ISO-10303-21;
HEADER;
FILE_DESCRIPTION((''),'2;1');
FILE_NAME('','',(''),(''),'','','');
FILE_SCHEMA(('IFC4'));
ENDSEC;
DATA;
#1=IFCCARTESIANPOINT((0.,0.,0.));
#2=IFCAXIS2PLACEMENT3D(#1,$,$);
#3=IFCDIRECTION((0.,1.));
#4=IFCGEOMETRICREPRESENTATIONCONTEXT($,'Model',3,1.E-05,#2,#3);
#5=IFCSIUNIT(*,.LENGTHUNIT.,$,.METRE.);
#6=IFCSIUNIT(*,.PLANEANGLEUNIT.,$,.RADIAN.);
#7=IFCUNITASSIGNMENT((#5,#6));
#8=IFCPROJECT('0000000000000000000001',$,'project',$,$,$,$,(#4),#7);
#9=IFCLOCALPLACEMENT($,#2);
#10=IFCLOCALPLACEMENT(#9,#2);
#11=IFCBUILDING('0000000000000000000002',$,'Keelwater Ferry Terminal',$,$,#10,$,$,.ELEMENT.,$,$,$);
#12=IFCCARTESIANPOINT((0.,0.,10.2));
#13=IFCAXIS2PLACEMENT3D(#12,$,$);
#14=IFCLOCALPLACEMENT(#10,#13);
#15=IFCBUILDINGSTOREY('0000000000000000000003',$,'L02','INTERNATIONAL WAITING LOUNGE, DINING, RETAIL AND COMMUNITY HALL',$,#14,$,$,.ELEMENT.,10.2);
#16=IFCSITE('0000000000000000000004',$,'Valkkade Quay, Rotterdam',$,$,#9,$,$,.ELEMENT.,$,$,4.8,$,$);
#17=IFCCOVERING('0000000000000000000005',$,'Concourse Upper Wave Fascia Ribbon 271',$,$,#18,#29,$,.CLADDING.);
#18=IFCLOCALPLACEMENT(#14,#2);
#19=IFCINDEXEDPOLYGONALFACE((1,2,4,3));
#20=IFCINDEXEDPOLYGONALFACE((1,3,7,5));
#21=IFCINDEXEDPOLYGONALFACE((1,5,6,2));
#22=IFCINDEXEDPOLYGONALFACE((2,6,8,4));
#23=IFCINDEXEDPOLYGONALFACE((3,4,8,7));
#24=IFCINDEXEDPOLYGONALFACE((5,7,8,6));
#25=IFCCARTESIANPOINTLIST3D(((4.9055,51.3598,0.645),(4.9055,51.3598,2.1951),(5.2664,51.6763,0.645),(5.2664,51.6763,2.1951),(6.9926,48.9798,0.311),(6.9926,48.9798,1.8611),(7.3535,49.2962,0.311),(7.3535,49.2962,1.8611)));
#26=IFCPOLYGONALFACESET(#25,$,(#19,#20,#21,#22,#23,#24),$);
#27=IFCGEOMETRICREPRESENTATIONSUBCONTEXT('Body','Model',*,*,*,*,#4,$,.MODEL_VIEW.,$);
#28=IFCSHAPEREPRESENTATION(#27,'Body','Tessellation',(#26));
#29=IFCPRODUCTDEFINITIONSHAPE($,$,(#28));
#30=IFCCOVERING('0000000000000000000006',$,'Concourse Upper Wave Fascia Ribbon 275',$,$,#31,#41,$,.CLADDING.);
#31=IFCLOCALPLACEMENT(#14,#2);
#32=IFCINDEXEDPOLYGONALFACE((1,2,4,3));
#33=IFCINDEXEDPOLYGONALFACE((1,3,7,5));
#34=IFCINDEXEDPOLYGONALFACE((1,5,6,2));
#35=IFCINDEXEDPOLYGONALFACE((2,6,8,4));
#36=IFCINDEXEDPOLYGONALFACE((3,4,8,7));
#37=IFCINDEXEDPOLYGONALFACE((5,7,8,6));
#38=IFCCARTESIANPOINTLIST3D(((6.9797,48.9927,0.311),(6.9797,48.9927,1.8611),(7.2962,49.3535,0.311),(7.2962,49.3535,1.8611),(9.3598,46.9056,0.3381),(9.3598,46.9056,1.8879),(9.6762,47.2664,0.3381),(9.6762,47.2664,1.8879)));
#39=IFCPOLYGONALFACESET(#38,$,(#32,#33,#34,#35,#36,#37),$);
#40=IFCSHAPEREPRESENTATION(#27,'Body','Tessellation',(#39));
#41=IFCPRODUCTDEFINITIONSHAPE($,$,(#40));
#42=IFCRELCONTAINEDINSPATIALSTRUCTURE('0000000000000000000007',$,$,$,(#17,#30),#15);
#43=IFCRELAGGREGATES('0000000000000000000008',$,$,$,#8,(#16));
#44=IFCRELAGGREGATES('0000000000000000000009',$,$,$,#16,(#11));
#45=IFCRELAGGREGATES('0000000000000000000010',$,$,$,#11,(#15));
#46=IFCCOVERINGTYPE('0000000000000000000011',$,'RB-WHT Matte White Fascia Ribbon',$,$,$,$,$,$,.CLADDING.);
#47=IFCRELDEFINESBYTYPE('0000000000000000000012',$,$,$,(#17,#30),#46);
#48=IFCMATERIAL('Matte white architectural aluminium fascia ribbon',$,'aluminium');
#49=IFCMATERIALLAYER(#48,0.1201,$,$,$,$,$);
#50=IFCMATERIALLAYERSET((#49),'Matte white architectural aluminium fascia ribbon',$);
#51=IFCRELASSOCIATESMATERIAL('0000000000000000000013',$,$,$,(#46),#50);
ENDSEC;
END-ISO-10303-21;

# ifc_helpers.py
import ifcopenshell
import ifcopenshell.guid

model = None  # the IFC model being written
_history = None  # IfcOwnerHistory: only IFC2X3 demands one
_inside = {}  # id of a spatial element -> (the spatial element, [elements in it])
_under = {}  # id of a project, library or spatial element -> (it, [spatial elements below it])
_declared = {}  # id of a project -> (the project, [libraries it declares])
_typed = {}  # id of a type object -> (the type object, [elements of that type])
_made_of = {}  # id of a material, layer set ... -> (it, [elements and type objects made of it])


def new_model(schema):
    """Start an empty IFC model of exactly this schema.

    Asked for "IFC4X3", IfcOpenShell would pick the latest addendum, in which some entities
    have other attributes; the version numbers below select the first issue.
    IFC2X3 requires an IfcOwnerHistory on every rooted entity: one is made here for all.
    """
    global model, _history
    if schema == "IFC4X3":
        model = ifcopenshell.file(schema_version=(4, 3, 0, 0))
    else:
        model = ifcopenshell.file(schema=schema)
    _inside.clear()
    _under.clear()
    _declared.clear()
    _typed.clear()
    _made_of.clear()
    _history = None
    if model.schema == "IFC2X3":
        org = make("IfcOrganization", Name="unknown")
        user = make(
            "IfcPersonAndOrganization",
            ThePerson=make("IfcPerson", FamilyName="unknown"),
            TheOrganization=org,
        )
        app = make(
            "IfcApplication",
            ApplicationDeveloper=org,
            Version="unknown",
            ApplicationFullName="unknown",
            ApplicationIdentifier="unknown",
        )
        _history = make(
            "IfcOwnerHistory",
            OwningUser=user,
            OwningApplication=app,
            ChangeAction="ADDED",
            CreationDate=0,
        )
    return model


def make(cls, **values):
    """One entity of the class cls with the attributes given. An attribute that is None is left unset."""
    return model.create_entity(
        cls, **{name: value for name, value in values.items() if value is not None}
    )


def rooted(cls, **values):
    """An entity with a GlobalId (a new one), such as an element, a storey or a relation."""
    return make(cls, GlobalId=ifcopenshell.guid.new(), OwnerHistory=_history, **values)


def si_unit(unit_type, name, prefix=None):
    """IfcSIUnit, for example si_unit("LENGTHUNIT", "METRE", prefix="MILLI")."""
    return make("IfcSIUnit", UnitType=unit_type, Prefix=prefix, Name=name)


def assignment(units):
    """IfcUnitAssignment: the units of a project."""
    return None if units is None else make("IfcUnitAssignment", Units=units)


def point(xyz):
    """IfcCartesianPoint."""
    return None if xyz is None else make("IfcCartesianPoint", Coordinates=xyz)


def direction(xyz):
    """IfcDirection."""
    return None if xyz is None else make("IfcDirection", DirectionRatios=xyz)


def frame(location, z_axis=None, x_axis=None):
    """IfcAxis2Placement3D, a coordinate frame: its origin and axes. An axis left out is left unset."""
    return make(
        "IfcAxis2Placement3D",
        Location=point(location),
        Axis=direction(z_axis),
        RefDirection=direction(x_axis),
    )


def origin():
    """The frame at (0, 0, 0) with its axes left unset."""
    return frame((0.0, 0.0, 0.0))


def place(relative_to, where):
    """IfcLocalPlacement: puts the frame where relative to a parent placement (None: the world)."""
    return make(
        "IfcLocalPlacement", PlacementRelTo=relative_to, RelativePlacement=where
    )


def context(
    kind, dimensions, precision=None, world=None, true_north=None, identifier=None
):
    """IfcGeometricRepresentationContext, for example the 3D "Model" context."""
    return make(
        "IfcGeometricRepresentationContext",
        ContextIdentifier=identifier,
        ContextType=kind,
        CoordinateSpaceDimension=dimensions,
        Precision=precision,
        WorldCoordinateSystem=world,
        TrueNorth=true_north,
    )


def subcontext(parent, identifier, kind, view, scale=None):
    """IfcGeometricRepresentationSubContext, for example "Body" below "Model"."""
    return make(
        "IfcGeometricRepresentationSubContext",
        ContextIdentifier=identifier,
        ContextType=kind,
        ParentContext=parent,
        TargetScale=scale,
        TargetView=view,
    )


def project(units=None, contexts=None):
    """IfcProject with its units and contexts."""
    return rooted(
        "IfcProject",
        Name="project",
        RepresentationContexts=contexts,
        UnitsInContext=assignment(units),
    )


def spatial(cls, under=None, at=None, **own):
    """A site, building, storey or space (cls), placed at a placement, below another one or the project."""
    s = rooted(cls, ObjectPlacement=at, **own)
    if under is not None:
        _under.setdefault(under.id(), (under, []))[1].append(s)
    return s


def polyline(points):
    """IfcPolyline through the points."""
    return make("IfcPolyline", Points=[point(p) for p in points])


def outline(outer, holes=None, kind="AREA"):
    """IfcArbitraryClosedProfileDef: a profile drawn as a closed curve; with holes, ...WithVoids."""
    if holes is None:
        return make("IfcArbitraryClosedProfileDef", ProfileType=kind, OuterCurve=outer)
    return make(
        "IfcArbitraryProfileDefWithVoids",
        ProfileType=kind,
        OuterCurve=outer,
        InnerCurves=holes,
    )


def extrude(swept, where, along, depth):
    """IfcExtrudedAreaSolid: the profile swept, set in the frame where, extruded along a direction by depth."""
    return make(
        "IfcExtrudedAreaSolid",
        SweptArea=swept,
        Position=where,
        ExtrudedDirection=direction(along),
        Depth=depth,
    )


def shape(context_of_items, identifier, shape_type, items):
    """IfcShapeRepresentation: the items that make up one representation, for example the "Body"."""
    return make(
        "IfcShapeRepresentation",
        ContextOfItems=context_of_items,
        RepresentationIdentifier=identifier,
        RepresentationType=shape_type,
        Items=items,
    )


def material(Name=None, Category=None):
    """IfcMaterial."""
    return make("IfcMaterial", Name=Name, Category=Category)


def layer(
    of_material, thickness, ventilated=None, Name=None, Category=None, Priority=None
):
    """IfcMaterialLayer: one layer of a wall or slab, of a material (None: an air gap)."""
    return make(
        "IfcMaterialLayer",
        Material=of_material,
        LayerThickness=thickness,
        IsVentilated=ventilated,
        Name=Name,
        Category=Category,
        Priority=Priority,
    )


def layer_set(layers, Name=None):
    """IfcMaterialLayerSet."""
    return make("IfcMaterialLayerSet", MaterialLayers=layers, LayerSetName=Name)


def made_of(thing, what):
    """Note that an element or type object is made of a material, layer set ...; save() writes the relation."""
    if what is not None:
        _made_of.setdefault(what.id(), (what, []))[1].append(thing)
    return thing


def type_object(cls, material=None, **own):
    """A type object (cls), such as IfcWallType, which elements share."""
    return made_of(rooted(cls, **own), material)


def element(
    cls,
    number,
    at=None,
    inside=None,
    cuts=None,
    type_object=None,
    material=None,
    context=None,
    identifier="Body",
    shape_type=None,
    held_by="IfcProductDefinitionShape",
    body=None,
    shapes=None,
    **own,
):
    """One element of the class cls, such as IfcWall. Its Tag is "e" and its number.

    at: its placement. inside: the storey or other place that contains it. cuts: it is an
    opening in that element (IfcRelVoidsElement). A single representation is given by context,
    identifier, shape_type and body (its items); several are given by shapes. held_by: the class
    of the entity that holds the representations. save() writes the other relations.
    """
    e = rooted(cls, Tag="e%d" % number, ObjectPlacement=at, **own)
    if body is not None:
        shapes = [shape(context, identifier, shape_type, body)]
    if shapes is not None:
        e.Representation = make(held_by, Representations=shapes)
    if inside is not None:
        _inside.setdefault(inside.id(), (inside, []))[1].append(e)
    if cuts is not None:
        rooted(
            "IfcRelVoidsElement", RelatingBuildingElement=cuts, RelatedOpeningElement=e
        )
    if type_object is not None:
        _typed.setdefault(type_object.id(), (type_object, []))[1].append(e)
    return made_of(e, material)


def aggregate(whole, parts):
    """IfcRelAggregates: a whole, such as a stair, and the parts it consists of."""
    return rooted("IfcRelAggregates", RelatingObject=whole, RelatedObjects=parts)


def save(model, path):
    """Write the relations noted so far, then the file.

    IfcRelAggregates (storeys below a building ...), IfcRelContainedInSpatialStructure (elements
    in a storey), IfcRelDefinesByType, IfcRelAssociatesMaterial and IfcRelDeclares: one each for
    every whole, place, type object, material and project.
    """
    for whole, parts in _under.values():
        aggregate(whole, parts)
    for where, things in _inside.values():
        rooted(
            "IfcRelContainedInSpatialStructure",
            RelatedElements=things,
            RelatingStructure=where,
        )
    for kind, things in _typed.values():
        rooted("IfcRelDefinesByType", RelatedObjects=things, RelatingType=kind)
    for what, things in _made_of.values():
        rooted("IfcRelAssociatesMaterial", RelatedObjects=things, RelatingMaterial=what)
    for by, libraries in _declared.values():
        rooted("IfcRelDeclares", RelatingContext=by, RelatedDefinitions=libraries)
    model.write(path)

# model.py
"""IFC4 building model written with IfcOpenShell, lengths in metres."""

from ifc_helpers import new_model, si_unit, direction, frame, origin, place, context, subcontext, project, spatial, polyline, outline, extrude, material, layer, layer_set, type_object, element, save


model = new_model("IFC4")

# Units and contexts
model_context = context("Model", 3, precision=1e-05, world=origin(), true_north=direction((0.0, 1.0)))
body_context = subcontext(model_context, "Body", "Model", "MODEL_VIEW")
ifc_project = project(units=[si_unit("LENGTHUNIT", "METRE"), si_unit("PLANEANGLEUNIT", "RADIAN")], contexts=[model_context])

# Site, building, storey
site_placement = place(None, origin())
site = spatial("IfcSite", under=ifc_project, at=site_placement, Name="Valkkade Quay, Rotterdam", CompositionType="ELEMENT", RefElevation=4.8)
building_placement = place(site_placement, origin())
building = spatial("IfcBuilding", under=site, at=building_placement, Name="Keelwater Ferry Terminal", CompositionType="ELEMENT")
storey_placement = place(building_placement, frame((0.0, 0.0, 10.2)))
storey = spatial("IfcBuildingStorey", under=building, at=storey_placement, Name="L02", Description="INTERNATIONAL WAITING LOUNGE, DINING, RETAIL AND COMMUNITY HALL", CompositionType="ELEMENT", Elevation=10.2)

# Coverings
ifc_material_1 = material(Name="Matte white architectural aluminium fascia ribbon", Category="aluminium")
ifc_layer_1 = layer(ifc_material_1, 0.1201)
ifc_layer_set_1 = layer_set([ifc_layer_1], Name="Matte white architectural aluminium fascia ribbon")
covering_type = type_object("IfcCoveringType", Name="RB-WHT Matte White Fascia Ribbon", PredefinedType="CLADDING", material=ifc_layer_set_1)
covering_1_placement = place(storey_placement, frame((5.0859, 51.5181, 0.311), z_axis=(0.0, 0.0, 1.0), x_axis=(0.659318, -0.751864, 0.0)))
element("IfcCovering", 1, at=covering_1_placement, inside=storey, type_object=covering_type, Name="Concourse Upper Wave Fascia Ribbon 271", PredefinedType="CLADDING", context=body_context, shape_type="SweptSolid", body=[
    extrude(outline(polyline([(0.0, 0.334), (3.1655, 0.0), (3.1655, 1.55), (0.0, 1.884), (0.0, 0.334)])), frame((0.0, 0.24, 0.0), z_axis=(0.0, -1.0, 0.0), x_axis=(1.0, 0.0, 0.0)), (0.0, 0.0, 1.0), 0.48),
])
covering_2_placement = place(storey_placement, frame((7.1379, 49.1731, 0.311), z_axis=(0.0, 0.0, 1.0), x_axis=(0.751864, -0.659318, 0.0)))
element("IfcCovering", 2, at=covering_2_placement, inside=storey, type_object=covering_type, Name="Concourse Upper Wave Fascia Ribbon 275", PredefinedType="CLADDING", context=body_context, shape_type="SweptSolid", body=[
    extrude(outline(polyline([(0.0, 0.0), (3.1655, 0.0271), (3.1655, 1.5769), (0.0, 1.55), (0.0, 0.0)])), frame((0.0, 0.24, 0.0), z_axis=(0.0, -1.0, 0.0), x_axis=(1.0, 0.0, 0.0)), (0.0, 0.0, 1.0), 0.48),
])

save(model, "model.ifc")
